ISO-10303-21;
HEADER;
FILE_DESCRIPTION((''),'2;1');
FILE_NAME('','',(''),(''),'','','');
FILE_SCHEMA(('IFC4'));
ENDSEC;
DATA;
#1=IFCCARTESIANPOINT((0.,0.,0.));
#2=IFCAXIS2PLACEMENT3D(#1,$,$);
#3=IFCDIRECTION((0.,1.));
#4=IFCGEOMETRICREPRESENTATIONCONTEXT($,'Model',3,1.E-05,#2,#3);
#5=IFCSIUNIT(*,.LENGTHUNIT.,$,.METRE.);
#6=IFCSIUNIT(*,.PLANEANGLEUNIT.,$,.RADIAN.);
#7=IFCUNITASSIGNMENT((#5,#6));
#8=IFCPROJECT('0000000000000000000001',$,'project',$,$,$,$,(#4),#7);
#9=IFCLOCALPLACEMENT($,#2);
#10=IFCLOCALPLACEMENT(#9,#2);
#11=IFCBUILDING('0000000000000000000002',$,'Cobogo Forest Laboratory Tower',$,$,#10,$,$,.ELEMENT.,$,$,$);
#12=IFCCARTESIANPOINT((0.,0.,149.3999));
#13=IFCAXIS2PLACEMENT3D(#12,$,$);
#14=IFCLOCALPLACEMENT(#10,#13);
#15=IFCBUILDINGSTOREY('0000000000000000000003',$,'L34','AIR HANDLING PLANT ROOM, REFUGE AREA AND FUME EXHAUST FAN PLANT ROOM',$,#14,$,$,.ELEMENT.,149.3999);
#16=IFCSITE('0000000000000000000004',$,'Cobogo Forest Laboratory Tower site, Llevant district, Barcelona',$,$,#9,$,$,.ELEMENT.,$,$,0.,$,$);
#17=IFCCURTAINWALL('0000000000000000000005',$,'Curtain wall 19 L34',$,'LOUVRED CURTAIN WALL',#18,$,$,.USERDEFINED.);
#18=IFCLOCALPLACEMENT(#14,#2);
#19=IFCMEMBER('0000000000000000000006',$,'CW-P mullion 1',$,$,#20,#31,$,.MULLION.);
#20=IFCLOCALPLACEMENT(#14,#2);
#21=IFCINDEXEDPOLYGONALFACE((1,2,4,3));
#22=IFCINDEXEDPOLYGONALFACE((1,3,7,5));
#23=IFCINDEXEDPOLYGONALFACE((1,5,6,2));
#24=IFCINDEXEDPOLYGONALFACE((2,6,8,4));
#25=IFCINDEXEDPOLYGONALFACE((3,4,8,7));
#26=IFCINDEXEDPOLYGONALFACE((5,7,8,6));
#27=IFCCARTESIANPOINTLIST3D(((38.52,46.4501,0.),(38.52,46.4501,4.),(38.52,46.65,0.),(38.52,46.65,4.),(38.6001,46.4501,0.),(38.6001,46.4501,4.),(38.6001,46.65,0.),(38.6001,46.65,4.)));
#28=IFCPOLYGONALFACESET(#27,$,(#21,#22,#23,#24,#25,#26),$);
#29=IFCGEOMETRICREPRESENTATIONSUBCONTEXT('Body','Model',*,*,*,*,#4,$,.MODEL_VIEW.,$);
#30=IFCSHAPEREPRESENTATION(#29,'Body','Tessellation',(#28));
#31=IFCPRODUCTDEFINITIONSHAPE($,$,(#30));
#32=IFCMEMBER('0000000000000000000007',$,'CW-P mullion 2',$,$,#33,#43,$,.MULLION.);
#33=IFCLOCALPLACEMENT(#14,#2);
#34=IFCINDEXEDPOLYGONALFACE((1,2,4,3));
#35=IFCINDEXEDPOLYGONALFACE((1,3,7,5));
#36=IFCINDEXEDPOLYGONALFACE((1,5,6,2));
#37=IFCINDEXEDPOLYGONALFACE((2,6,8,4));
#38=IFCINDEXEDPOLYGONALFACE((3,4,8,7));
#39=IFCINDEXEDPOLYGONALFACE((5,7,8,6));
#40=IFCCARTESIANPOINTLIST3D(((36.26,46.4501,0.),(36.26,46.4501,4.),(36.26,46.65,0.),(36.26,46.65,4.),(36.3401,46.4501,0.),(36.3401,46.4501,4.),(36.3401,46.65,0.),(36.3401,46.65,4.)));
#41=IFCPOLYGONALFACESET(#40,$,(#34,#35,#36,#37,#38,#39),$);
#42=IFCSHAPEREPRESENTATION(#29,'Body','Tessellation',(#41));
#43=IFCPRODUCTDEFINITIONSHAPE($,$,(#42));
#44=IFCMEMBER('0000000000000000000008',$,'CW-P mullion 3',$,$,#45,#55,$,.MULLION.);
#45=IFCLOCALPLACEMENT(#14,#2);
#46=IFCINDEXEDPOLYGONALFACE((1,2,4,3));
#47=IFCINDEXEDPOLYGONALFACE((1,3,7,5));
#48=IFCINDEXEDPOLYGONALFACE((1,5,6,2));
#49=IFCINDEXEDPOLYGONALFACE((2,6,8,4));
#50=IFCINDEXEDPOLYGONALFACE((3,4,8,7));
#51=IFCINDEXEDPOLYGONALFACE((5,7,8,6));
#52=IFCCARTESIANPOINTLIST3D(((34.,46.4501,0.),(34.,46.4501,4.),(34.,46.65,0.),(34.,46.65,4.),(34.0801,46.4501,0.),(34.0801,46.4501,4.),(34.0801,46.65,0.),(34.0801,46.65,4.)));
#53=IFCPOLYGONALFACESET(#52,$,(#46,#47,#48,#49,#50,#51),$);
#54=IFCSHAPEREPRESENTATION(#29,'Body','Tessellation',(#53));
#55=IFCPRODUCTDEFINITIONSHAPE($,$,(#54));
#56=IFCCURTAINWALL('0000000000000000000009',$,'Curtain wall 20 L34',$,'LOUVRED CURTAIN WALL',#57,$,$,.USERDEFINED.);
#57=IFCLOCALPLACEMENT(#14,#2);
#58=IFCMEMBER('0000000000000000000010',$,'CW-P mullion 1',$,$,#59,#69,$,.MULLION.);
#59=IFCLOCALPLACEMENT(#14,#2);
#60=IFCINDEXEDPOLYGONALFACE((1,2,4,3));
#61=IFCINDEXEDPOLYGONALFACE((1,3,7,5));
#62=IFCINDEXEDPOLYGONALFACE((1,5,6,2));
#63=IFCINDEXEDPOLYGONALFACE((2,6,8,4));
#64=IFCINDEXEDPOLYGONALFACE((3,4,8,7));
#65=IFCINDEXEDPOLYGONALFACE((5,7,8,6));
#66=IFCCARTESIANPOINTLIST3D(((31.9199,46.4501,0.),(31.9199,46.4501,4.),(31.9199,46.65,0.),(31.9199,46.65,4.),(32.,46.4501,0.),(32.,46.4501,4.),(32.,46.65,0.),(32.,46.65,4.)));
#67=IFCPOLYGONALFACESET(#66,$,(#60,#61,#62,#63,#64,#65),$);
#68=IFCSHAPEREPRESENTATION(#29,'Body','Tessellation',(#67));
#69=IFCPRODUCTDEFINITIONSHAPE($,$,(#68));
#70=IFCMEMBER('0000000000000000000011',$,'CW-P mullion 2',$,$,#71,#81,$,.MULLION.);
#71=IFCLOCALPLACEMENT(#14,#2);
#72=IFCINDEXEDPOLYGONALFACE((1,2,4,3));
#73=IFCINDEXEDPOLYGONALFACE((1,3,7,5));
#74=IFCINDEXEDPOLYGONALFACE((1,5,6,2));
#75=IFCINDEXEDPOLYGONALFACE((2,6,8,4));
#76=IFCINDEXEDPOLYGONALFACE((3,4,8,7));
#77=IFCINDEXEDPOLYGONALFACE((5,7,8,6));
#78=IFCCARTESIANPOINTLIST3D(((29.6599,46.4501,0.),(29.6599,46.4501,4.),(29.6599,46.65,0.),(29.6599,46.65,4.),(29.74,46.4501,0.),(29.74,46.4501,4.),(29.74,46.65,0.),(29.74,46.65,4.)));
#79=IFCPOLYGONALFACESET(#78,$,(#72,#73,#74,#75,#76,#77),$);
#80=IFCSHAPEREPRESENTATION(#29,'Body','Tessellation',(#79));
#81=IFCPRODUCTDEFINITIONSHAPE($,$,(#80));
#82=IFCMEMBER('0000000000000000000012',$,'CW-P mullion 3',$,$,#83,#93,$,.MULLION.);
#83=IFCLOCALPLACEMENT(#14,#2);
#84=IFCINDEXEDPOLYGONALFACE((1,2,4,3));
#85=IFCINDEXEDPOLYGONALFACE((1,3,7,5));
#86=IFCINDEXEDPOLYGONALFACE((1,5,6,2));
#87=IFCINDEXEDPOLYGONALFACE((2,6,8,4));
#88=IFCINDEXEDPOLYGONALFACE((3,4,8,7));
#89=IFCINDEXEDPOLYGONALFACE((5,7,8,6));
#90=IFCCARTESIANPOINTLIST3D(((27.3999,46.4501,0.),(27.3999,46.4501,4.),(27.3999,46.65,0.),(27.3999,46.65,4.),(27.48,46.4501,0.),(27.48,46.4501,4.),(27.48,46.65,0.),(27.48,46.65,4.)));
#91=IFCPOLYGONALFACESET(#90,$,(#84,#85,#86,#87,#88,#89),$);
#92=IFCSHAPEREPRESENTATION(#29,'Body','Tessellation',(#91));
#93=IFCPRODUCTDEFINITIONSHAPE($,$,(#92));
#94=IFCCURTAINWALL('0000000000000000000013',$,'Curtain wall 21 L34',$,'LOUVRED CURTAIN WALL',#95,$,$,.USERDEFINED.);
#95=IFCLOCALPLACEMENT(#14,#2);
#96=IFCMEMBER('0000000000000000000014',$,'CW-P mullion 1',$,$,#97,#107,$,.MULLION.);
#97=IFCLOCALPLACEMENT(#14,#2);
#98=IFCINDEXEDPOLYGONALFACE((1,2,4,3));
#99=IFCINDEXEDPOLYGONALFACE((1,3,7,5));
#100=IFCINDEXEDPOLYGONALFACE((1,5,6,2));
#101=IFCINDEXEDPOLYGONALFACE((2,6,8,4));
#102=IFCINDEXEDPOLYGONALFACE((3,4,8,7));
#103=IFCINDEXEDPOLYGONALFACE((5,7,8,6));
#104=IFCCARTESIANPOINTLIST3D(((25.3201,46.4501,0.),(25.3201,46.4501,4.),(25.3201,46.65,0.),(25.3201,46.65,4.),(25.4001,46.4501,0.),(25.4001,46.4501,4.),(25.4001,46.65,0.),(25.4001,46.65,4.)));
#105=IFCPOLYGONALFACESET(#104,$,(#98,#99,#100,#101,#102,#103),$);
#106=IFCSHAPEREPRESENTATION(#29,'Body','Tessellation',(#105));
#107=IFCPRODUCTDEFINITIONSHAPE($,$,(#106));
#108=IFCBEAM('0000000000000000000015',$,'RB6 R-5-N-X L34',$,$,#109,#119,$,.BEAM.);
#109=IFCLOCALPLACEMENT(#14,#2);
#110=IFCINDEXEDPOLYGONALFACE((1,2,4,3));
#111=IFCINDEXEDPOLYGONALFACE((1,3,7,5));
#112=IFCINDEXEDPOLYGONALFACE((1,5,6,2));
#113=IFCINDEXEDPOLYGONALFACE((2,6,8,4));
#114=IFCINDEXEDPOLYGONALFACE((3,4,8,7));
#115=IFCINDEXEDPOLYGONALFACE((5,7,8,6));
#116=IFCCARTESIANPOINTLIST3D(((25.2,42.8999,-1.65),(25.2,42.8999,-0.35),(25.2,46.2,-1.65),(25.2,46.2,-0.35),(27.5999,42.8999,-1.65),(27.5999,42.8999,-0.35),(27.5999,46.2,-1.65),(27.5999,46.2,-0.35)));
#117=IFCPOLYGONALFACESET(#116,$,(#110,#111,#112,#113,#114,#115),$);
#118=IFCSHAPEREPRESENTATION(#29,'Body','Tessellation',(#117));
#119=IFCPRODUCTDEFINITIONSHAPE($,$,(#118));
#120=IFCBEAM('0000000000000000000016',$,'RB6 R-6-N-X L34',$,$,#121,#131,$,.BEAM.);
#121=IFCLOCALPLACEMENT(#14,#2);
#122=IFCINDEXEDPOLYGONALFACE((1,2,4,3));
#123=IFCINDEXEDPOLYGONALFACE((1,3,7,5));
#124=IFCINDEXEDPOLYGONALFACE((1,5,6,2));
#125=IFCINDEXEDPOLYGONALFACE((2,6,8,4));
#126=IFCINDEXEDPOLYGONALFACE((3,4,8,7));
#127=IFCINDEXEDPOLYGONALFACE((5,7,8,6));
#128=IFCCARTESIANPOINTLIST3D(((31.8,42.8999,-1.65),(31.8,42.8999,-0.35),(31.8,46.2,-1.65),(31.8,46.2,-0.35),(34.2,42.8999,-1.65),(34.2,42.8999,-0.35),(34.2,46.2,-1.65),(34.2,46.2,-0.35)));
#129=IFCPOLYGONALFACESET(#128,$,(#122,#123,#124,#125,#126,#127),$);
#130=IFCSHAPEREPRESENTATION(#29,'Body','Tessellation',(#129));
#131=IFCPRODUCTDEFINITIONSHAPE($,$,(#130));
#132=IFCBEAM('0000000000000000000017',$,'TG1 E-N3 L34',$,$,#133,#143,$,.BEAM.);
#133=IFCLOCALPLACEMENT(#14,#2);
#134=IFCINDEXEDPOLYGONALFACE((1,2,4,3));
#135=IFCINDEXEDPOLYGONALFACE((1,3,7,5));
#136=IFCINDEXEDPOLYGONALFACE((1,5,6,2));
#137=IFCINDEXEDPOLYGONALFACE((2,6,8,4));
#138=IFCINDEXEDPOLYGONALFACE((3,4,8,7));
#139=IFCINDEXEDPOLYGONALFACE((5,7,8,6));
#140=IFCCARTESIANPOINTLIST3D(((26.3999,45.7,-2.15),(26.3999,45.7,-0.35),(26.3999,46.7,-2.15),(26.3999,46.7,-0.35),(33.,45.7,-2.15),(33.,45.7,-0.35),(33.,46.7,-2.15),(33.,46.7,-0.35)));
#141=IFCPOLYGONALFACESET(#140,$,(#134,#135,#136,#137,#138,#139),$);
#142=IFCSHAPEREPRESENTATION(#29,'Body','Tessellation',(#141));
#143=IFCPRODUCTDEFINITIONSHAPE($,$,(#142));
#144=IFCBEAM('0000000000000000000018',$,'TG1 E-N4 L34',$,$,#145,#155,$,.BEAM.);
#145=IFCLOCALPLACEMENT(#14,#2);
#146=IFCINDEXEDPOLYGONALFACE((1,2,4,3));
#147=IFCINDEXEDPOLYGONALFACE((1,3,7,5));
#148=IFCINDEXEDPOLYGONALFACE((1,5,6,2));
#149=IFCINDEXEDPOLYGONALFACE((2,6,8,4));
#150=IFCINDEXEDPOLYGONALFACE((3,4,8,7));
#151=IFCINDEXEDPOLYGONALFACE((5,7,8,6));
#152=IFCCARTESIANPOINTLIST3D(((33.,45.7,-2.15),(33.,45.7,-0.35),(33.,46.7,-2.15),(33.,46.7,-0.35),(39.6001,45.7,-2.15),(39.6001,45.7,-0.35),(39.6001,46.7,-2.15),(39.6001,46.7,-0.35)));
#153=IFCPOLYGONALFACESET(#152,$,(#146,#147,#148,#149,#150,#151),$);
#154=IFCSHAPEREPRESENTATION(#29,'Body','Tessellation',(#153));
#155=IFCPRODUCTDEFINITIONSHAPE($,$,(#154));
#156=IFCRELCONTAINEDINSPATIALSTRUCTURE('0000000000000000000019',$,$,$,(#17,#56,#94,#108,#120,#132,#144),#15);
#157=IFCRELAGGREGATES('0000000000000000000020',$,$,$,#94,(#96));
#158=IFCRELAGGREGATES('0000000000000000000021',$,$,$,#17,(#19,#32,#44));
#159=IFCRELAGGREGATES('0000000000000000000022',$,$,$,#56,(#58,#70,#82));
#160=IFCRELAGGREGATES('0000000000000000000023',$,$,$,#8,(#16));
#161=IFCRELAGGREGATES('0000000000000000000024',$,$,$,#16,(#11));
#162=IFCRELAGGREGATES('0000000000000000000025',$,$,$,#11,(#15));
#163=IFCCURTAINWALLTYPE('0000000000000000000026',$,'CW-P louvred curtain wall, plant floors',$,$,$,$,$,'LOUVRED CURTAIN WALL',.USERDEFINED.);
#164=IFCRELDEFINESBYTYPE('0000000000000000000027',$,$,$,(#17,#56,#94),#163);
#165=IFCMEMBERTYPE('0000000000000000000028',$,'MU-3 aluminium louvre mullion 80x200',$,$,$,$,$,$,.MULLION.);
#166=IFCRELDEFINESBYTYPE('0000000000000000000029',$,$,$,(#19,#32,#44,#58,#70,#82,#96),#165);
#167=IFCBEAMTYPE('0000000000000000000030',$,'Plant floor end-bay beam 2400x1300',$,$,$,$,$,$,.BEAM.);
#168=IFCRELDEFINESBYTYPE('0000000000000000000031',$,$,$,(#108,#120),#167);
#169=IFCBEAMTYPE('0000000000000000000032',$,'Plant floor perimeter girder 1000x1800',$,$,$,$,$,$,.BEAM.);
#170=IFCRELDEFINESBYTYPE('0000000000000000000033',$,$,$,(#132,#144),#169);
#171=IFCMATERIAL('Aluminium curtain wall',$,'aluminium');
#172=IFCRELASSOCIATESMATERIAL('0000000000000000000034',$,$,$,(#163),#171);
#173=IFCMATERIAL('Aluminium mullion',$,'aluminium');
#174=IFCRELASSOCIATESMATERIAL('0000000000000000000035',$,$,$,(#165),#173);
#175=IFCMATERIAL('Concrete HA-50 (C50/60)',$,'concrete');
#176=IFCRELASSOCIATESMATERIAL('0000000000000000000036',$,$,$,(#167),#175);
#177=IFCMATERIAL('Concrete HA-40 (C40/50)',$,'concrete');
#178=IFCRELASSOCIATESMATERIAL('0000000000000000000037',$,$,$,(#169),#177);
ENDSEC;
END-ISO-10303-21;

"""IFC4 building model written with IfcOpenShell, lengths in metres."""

from ifc_helpers import new_model, si_unit, direction, frame, origin, origin_2d, place, context, subcontext, project, spatial, rectangle, extrude, material, material_profile, profile_set, type_object, element, aggregate, save


model = new_model("IFC4")

# Units and contexts
model_context = context("Model", 3, precision=1e-05, world=origin(), true_north=direction((0.0, 1.0)))
body_context = subcontext(model_context, "Body", "Model", "MODEL_VIEW")
ifc_project = project(units=[si_unit("LENGTHUNIT", "METRE"), si_unit("PLANEANGLEUNIT", "RADIAN")], contexts=[model_context])

# Site, building, storey
site_placement = place(None, origin())
site = spatial("IfcSite", under=ifc_project, at=site_placement, Name="Cobogo Forest Laboratory Tower site, Llevant district, Barcelona", CompositionType="ELEMENT", RefElevation=0.0)
building_placement = place(site_placement, origin())
building = spatial("IfcBuilding", under=site, at=building_placement, Name="Cobogo Forest Laboratory Tower", CompositionType="ELEMENT")
storey_placement = place(building_placement, frame((0.0, 0.0, 149.3999)))
storey = spatial("IfcBuildingStorey", under=building, at=storey_placement, Name="L34", Description="AIR HANDLING PLANT ROOM, REFUGE AREA AND FUME EXHAUST FAN PLANT ROOM", CompositionType="ELEMENT", Elevation=149.3999)

# Shared definitions
ifc_material_1 = material(Name="Concrete HA-50 (C50/60)", Category="concrete")

# Curtain walls, members
ifc_material_2 = material(Name="Aluminium curtain wall", Category="aluminium")
curtain_wall_type = type_object("IfcCurtainWallType", Name="CW-P louvred curtain wall, plant floors", ElementType="LOUVRED CURTAIN WALL", PredefinedType="USERDEFINED", material=ifc_material_2)
curtain_wall_1_placement = place(storey_placement, origin())
curtain_wall_1 = element("IfcCurtainWall", 1, at=curtain_wall_1_placement, inside=storey, type_object=curtain_wall_type, Name="Curtain wall 19 L34", ObjectType="LOUVRED CURTAIN WALL", PredefinedType="USERDEFINED")
ifc_material_3 = material(Name="Aluminium mullion", Category="aluminium")
ifc_material_profile_1 = material_profile(ifc_material_3, rectangle(XDim=0.0801, YDim=0.2, at=origin_2d()), Name="AL 80x200")
ifc_profile_set_1 = profile_set([ifc_material_profile_1], Name="Aluminium mullion")
member_type_1 = type_object("IfcMemberType", Name="MU-3 aluminium louvre mullion 80x200", PredefinedType="MULLION", material=ifc_profile_set_1)
member_1_placement = place(storey_placement, frame((38.5601, 46.55, 0.0), z_axis=(0.0, 0.0, 1.0), x_axis=(-1.0, 0.0, 0.0)))
member_1 = element("IfcMember", 2, at=member_1_placement, type_object=member_type_1, Name="CW-P mullion 1", PredefinedType="MULLION", context=body_context, shape_type="SweptSolid", body=[
    extrude(rectangle(XDim=0.0801, YDim=0.2, at=origin_2d()), origin(), (0.0, 0.0, 1.0), 4.0),
])
member_2_placement = place(storey_placement, frame((36.3, 46.55, 0.0), z_axis=(0.0, 0.0, 1.0), x_axis=(-1.0, 0.0, 0.0)))
member_2 = element("IfcMember", 3, at=member_2_placement, type_object=member_type_1, Name="CW-P mullion 2", PredefinedType="MULLION", context=body_context, shape_type="SweptSolid", body=[
    extrude(rectangle(XDim=0.0801, YDim=0.2, at=origin_2d()), origin(), (0.0, 0.0, 1.0), 4.0),
])
member_3_placement = place(storey_placement, frame((34.04, 46.55, 0.0), z_axis=(0.0, 0.0, 1.0), x_axis=(-1.0, 0.0, 0.0)))
member_3 = element("IfcMember", 4, at=member_3_placement, type_object=member_type_1, Name="CW-P mullion 3", PredefinedType="MULLION", context=body_context, shape_type="SweptSolid", body=[
    extrude(rectangle(XDim=0.0801, YDim=0.2, at=origin_2d()), origin(), (0.0, 0.0, 1.0), 4.0),
])
curtain_wall_2_placement = place(storey_placement, origin())
curtain_wall_2 = element("IfcCurtainWall", 5, at=curtain_wall_2_placement, inside=storey, type_object=curtain_wall_type, Name="Curtain wall 20 L34", ObjectType="LOUVRED CURTAIN WALL", PredefinedType="USERDEFINED")
member_4_placement = place(storey_placement, frame((31.96, 46.55, 0.0), z_axis=(0.0, 0.0, 1.0), x_axis=(-1.0, 0.0, 0.0)))
member_4 = element("IfcMember", 6, at=member_4_placement, type_object=member_type_1, Name="CW-P mullion 1", PredefinedType="MULLION", context=body_context, shape_type="SweptSolid", body=[
    extrude(rectangle(XDim=0.0801, YDim=0.2, at=origin_2d()), origin(), (0.0, 0.0, 1.0), 4.0),
])
member_5_placement = place(storey_placement, frame((29.7, 46.55, 0.0), z_axis=(0.0, 0.0, 1.0), x_axis=(-1.0, 0.0, 0.0)))
member_5 = element("IfcMember", 7, at=member_5_placement, type_object=member_type_1, Name="CW-P mullion 2", PredefinedType="MULLION", context=body_context, shape_type="SweptSolid", body=[
    extrude(rectangle(XDim=0.0801, YDim=0.2, at=origin_2d()), origin(), (0.0, 0.0, 1.0), 4.0),
])
member_6_placement = place(storey_placement, frame((27.4399, 46.55, 0.0), z_axis=(0.0, 0.0, 1.0), x_axis=(-1.0, 0.0, 0.0)))
member_6 = element("IfcMember", 8, at=member_6_placement, type_object=member_type_1, Name="CW-P mullion 3", PredefinedType="MULLION", context=body_context, shape_type="SweptSolid", body=[
    extrude(rectangle(XDim=0.0801, YDim=0.2, at=origin_2d()), origin(), (0.0, 0.0, 1.0), 4.0),
])

# Curtain wall, member
curtain_wall_3_placement = place(storey_placement, origin())
curtain_wall_3 = element("IfcCurtainWall", 9, at=curtain_wall_3_placement, inside=storey, type_object=curtain_wall_type, Name="Curtain wall 21 L34", ObjectType="LOUVRED CURTAIN WALL", PredefinedType="USERDEFINED")
member_7_placement = place(storey_placement, frame((25.3601, 46.55, 0.0), z_axis=(0.0, 0.0, 1.0), x_axis=(-1.0, 0.0, 0.0)))
member_7 = element("IfcMember", 10, at=member_7_placement, type_object=member_type_1, Name="CW-P mullion 1", PredefinedType="MULLION", context=body_context, shape_type="SweptSolid", body=[
    extrude(rectangle(XDim=0.0801, YDim=0.2, at=origin_2d()), origin(), (0.0, 0.0, 1.0), 4.0),
])

# Beams
ifc_material_profile_2 = material_profile(ifc_material_1, rectangle(XDim=2.3999, YDim=1.3, at=origin_2d()), Name="RC 2400x1300")
ifc_profile_set_2 = profile_set([ifc_material_profile_2], Name="Concrete HA-50 (C50/60)")
beam_type_1 = type_object("IfcBeamType", Name="Plant floor end-bay beam 2400x1300", PredefinedType="BEAM", material=ifc_profile_set_2)
for number, where, z_axis, x_axis, name in (
    (11, (26.3999, 46.2, -1.0), (0.0, -1.0, 0.0), (1.0, 0.0, 0.0), "RB6 R-5-N-X L34"),
    (12, (33.0, 46.2, -1.0), (0.0, -1.0, 0.0), (1.0, 0.0, 0.0), "RB6 R-6-N-X L34"),
):
    element("IfcBeam", number, at=place(storey_placement, frame(where, z_axis=z_axis, x_axis=x_axis)), inside=storey, type_object=beam_type_1, Name=name, PredefinedType="BEAM", context=body_context, shape_type="SweptSolid", body=[
        extrude(rectangle(XDim=2.3999, YDim=1.3, at=origin_2d()), origin(), (0.0, 0.0, 1.0), 3.3),
    ])
ifc_material_4 = material(Name="Concrete HA-40 (C40/50)", Category="concrete")
ifc_material_profile_3 = material_profile(ifc_material_4, rectangle(XDim=1.0, YDim=1.8, at=origin_2d()), Name="RC 1000x1800")
ifc_profile_set_3 = profile_set([ifc_material_profile_3], Name="Concrete HA-40 (C40/50)")
beam_type_2 = type_object("IfcBeamType", Name="Plant floor perimeter girder 1000x1800", PredefinedType="BEAM", material=ifc_profile_set_3)
for number, where, z_axis, x_axis, name in (
    (13, (26.3999, 46.2, -1.25), (1.0, 0.0, 0.0), (0.0, 1.0, 0.0), "TG1 E-N3 L34"),
    (14, (33.0, 46.2, -1.25), (1.0, 0.0, 0.0), (0.0, 1.0, 0.0), "TG1 E-N4 L34"),
):
    element("IfcBeam", number, at=place(storey_placement, frame(where, z_axis=z_axis, x_axis=x_axis)), inside=storey, type_object=beam_type_2, Name=name, PredefinedType="BEAM", context=body_context, shape_type="SweptSolid", body=[
        extrude(rectangle(XDim=1.0, YDim=1.8, at=origin_2d()), origin(), (0.0, 0.0, 1.0), 6.6001),
    ])

aggregate(curtain_wall_3, [member_7])

aggregate(curtain_wall_1, [member_1, member_2, member_3])
aggregate(curtain_wall_2, [member_4, member_5, member_6])

save(model, "model.ifc")
